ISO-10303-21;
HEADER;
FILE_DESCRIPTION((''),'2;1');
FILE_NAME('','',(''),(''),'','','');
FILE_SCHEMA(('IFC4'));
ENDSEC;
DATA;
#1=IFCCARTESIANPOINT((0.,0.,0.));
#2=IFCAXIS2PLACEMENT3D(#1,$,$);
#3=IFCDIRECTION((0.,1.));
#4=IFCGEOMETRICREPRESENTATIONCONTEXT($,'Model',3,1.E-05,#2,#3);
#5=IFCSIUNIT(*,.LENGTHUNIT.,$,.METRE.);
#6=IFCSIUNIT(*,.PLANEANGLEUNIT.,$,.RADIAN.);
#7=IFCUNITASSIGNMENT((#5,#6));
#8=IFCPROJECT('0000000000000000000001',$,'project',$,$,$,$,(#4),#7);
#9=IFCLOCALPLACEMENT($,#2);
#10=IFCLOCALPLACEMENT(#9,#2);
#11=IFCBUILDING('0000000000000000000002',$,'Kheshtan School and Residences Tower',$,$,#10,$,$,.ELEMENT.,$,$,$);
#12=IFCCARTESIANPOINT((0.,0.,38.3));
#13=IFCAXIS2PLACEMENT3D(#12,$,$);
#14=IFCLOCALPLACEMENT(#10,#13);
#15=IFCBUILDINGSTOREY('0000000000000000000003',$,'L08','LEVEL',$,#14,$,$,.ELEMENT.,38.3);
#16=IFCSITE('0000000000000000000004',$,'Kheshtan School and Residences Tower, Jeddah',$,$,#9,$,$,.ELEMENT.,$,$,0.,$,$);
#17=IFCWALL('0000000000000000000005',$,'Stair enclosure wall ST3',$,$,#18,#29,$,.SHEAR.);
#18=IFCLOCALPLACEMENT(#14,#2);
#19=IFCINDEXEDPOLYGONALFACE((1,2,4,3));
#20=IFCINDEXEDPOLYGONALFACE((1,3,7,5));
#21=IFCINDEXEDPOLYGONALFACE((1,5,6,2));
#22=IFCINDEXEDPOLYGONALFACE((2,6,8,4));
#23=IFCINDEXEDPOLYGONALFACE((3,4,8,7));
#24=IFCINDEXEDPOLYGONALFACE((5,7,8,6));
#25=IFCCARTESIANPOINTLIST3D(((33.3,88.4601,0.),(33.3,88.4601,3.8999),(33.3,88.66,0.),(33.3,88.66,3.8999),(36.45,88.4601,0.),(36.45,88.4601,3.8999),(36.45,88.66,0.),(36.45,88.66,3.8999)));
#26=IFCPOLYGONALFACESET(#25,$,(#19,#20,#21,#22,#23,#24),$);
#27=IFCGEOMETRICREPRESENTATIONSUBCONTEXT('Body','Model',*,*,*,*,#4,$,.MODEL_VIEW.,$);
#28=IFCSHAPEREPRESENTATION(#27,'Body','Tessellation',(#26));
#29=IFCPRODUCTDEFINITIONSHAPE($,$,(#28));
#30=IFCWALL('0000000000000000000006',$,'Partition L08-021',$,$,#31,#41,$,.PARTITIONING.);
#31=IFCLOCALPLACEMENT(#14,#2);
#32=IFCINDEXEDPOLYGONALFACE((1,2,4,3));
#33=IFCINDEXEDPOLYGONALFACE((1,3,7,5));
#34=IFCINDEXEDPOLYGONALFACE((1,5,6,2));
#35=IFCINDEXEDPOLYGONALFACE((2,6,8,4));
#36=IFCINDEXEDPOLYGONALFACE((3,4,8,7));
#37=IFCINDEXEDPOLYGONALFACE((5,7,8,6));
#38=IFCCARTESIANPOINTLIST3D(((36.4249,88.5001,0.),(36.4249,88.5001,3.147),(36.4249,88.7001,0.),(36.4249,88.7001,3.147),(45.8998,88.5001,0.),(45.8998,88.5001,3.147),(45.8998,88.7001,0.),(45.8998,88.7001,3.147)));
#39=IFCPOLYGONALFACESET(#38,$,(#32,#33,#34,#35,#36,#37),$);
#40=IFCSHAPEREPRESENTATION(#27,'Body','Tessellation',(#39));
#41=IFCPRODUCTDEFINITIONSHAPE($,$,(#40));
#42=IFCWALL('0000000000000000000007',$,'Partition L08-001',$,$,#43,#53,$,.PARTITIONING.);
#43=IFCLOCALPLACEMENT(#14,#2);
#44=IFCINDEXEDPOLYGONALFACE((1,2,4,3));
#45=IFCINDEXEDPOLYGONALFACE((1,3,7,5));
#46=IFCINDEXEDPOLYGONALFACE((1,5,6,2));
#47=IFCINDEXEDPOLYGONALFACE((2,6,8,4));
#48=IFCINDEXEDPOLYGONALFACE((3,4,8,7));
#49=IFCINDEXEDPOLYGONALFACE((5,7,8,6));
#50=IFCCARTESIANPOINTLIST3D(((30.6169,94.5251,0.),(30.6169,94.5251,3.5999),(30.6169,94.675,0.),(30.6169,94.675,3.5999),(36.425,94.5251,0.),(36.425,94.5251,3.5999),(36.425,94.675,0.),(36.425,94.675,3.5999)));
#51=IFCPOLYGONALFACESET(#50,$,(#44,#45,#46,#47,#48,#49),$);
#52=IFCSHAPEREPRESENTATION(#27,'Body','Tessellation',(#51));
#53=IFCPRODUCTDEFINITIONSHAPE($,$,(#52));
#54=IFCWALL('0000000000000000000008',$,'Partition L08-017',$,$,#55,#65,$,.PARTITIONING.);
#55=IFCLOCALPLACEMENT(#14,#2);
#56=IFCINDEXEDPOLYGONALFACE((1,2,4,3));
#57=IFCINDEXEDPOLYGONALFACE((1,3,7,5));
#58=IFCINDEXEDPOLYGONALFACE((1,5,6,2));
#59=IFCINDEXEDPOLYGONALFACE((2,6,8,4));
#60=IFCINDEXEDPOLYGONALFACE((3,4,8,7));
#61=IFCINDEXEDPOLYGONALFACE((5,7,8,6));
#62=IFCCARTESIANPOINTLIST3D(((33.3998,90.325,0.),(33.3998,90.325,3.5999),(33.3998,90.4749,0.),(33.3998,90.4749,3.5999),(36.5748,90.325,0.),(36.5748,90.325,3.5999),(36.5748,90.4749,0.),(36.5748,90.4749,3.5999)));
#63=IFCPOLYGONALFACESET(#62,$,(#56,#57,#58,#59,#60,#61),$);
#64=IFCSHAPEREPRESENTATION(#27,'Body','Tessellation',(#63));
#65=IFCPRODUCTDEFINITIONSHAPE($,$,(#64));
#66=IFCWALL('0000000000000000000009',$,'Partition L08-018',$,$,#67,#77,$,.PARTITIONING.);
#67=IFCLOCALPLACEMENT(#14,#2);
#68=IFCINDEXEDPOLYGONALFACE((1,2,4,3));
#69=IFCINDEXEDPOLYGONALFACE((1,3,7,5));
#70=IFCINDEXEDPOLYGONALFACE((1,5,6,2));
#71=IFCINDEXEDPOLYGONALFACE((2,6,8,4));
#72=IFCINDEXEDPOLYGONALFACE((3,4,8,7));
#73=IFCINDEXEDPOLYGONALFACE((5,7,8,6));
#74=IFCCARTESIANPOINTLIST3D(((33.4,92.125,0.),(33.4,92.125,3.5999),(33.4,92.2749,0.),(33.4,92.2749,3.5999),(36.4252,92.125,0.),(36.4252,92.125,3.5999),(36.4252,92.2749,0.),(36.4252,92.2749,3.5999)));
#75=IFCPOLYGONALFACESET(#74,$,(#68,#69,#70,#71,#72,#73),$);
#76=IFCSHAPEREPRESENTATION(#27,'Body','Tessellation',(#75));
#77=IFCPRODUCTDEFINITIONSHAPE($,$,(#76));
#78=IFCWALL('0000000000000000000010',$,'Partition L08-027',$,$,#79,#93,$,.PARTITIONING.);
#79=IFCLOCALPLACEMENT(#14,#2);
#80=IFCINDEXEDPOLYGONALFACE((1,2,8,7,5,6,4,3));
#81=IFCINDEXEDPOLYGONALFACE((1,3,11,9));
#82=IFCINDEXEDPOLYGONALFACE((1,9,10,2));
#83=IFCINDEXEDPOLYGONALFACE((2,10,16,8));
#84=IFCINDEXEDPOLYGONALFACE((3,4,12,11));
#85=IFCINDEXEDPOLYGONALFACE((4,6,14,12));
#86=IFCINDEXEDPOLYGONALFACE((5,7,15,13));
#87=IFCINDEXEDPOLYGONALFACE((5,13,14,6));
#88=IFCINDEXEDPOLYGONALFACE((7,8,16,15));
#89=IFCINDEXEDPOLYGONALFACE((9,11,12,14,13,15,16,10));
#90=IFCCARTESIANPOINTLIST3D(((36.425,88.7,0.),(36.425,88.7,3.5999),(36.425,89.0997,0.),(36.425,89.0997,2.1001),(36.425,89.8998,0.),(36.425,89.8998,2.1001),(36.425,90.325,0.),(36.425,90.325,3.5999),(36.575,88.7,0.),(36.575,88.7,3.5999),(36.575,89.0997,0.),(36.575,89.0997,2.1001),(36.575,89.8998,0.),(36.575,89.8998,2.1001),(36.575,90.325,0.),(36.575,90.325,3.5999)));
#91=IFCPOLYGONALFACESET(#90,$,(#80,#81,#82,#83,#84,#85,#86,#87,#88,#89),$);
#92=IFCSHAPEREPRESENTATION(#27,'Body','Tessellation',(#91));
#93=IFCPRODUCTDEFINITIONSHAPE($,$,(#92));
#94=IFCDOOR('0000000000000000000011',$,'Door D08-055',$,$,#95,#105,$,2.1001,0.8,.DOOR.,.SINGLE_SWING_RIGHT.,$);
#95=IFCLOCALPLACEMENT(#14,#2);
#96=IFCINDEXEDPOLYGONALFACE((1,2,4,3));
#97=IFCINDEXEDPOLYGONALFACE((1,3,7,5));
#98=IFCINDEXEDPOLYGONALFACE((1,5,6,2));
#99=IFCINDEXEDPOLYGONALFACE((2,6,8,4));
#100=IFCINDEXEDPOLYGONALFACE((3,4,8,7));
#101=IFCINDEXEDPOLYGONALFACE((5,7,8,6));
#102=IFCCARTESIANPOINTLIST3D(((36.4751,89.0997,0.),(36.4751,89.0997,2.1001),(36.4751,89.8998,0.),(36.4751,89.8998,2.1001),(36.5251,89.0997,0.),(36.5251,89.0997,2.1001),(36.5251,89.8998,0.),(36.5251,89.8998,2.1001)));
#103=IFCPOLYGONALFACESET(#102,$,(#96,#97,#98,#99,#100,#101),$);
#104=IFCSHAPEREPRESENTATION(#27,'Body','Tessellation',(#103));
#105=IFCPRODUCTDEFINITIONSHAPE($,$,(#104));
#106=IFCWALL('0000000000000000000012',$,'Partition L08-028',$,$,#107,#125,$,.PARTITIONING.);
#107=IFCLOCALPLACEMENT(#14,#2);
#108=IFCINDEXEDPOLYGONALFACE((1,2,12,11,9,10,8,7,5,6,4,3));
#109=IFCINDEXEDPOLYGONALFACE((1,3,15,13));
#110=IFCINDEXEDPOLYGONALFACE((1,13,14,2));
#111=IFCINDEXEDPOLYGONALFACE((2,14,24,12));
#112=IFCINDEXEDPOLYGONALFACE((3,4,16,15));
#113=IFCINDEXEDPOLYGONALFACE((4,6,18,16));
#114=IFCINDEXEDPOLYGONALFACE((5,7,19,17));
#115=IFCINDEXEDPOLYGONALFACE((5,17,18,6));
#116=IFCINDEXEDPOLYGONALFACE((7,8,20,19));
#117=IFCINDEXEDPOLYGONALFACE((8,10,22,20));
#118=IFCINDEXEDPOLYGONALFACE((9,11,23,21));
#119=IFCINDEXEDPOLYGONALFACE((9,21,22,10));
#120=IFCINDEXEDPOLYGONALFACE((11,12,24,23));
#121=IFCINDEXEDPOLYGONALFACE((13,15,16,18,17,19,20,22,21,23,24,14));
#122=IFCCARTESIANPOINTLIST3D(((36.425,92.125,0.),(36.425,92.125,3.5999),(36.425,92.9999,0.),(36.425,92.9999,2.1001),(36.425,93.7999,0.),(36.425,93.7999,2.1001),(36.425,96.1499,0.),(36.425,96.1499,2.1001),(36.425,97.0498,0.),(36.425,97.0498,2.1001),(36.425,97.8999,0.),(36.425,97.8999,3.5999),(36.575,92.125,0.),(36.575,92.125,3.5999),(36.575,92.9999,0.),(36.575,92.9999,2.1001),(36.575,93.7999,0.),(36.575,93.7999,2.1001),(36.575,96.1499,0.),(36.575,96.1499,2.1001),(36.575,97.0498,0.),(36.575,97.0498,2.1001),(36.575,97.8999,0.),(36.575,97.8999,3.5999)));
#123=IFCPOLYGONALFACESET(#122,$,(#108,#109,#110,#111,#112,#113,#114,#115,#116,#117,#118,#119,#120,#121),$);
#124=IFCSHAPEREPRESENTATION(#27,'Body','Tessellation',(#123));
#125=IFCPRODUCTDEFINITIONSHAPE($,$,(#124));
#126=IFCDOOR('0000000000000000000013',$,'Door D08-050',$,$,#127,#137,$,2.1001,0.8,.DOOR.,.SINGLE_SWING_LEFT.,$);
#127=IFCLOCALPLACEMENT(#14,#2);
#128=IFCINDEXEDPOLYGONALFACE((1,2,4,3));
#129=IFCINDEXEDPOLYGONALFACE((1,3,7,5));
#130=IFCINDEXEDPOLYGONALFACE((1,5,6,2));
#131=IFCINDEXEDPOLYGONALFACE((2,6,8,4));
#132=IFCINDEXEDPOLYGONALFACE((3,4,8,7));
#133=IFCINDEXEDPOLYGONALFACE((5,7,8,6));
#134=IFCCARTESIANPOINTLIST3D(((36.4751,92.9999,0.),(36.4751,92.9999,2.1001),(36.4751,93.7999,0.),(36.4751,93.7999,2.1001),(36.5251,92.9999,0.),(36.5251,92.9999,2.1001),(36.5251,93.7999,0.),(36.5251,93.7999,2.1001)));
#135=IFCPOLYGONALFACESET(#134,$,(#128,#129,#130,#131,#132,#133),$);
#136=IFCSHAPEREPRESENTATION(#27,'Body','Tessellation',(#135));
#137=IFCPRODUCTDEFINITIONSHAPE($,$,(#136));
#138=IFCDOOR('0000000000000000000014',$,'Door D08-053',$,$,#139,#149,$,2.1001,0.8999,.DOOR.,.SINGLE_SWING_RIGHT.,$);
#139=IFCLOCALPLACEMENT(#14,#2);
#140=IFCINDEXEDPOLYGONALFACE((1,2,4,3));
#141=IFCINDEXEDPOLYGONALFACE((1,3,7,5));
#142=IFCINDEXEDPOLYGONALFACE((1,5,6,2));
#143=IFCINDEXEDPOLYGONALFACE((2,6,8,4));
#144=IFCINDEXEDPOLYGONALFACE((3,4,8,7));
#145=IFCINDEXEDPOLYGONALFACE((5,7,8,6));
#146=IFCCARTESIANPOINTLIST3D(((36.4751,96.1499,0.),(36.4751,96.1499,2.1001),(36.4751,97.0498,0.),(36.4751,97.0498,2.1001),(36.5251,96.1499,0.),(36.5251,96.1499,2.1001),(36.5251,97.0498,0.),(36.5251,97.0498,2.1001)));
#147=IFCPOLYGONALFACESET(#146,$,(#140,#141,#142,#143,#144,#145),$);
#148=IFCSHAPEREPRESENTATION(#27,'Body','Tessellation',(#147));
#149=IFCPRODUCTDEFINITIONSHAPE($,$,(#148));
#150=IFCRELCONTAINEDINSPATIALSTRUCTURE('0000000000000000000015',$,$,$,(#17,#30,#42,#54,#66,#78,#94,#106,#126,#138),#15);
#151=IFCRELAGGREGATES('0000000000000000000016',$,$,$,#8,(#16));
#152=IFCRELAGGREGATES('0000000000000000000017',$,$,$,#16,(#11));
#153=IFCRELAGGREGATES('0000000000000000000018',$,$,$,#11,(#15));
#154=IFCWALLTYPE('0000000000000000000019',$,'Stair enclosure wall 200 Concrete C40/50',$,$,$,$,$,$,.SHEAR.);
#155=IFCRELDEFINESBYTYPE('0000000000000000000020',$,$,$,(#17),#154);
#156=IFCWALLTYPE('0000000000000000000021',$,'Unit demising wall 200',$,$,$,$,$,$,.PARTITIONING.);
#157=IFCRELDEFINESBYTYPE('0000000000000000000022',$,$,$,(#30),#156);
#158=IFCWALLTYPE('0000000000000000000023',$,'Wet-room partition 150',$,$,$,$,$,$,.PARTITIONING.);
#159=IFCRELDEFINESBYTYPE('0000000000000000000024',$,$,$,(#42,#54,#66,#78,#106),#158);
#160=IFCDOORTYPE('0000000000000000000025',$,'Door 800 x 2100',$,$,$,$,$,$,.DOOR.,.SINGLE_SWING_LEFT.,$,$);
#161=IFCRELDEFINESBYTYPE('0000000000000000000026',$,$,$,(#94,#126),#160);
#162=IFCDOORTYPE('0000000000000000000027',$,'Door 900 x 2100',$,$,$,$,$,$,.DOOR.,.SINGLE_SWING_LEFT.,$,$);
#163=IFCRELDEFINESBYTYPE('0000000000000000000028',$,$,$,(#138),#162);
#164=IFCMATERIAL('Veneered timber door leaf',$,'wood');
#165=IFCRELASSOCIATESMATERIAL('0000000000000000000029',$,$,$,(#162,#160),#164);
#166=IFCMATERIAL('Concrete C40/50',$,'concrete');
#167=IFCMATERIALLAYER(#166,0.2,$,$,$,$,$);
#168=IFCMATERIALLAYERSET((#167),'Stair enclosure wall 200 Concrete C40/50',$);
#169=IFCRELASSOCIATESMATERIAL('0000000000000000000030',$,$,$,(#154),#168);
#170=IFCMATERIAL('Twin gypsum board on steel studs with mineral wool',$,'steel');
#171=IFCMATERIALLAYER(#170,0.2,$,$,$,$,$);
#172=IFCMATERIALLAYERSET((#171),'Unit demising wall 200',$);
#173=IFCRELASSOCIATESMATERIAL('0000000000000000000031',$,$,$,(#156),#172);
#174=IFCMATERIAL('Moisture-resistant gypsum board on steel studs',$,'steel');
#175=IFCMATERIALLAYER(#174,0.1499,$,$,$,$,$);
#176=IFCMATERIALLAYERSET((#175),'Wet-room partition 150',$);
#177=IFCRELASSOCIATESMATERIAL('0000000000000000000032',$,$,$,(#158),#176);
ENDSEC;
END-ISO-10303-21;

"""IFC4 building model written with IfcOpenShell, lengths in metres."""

from ifc_helpers import new_model, si_unit, direction, frame, frame_2d, origin, place, context, subcontext, project, spatial, rectangle, extrude, source, transform, mapped, material, layer, layer_set, type_object, element, fill, save


model = new_model("IFC4")

# Units and contexts
model_context = context("Model", 3, precision=1e-05, world=origin(), true_north=direction((0.0, 1.0)))
body_context = subcontext(model_context, "Body", "Model", "MODEL_VIEW")
ifc_project = project(units=[si_unit("LENGTHUNIT", "METRE"), si_unit("PLANEANGLEUNIT", "RADIAN")], contexts=[model_context])

# Site, building, storey
site_placement = place(None, origin())
site = spatial("IfcSite", under=ifc_project, at=site_placement, Name="Kheshtan School and Residences Tower, Jeddah", CompositionType="ELEMENT", RefElevation=0.0)
building_placement = place(site_placement, origin())
building = spatial("IfcBuilding", under=site, at=building_placement, Name="Kheshtan School and Residences Tower", CompositionType="ELEMENT")
storey_placement = place(building_placement, frame((0.0, 0.0, 38.3)))
storey = spatial("IfcBuildingStorey", under=building, at=storey_placement, Name="L08", Description="LEVEL", CompositionType="ELEMENT", Elevation=38.3)

# Shared definitions
ifc_material_1 = material(Name="Veneered timber door leaf", Category="wood")
door_type_1 = type_object("IfcDoorType", Name="Door 900 x 2100", OperationType="SINGLE_SWING_LEFT", PredefinedType="DOOR", material=ifc_material_1)
shared_shape_1 = source(origin(), body_context, "Body", "SweptSolid", [
    extrude(rectangle(XDim=0.8999, YDim=2.1001, at=frame_2d((0.45, 1.05))), frame((0.0, 0.0249, 0.0), z_axis=(0.0, -1.0, 0.0), x_axis=(1.0, 0.0, 0.0)), (0.0, 0.0, 1.0), 0.05),
])

# Walls
ifc_material_2 = material(Name="Concrete C40/50", Category="concrete")
ifc_layer_1 = layer(ifc_material_2, 0.2)
ifc_layer_set_1 = layer_set([ifc_layer_1], Name="Stair enclosure wall 200 Concrete C40/50")
wall_type_1 = type_object("IfcWallType", Name="Stair enclosure wall 200 Concrete C40/50", PredefinedType="SHEAR", material=ifc_layer_set_1)
wall_1_placement = place(storey_placement, frame((33.3, 88.5601, 0.0), z_axis=(0.0, 0.0, 1.0), x_axis=(1.0, 0.0, 0.0)))
element("IfcWall", 1, at=wall_1_placement, inside=storey, type_object=wall_type_1, Name="Stair enclosure wall ST3", PredefinedType="SHEAR", context=body_context, shape_type="SweptSolid", body=[
    extrude(rectangle(XDim=3.1499, YDim=0.2, at=frame_2d((1.575, 0.0))), origin(), (0.0, 0.0, 1.0), 3.8999),
])
ifc_material_3 = material(Name="Twin gypsum board on steel studs with mineral wool", Category="steel")
ifc_layer_2 = layer(ifc_material_3, 0.2)
ifc_layer_set_2 = layer_set([ifc_layer_2], Name="Unit demising wall 200")
wall_type_2 = type_object("IfcWallType", Name="Unit demising wall 200", PredefinedType="PARTITIONING", material=ifc_layer_set_2)
wall_2_placement = place(storey_placement, frame((36.425, 88.6001, 0.0), z_axis=(0.0, 0.0, 1.0), x_axis=(1.0, 0.0, 0.0)))
element("IfcWall", 2, at=wall_2_placement, inside=storey, type_object=wall_type_2, Name="Partition L08-021", PredefinedType="PARTITIONING", context=body_context, shape_type="SweptSolid", body=[
    extrude(rectangle(XDim=9.4749, YDim=0.2, at=frame_2d((4.7373, 0.0))), origin(), (0.0, 0.0, 1.0), 3.147),
])
ifc_material_4 = material(Name="Moisture-resistant gypsum board on steel studs", Category="steel")
ifc_layer_3 = layer(ifc_material_4, 0.1499)
ifc_layer_set_3 = layer_set([ifc_layer_3], Name="Wet-room partition 150")
wall_type_3 = type_object("IfcWallType", Name="Wet-room partition 150", PredefinedType="PARTITIONING", material=ifc_layer_set_3)
wall_3_placement = place(storey_placement, frame((30.6169, 94.6001, 0.0), z_axis=(0.0, 0.0, 1.0), x_axis=(1.0, 0.0, 0.0)))
element("IfcWall", 3, at=wall_3_placement, inside=storey, type_object=wall_type_3, Name="Partition L08-001", PredefinedType="PARTITIONING", context=body_context, shape_type="SweptSolid", body=[
    extrude(rectangle(XDim=5.8081, YDim=0.1499, at=frame_2d((2.9041, 0.0))), origin(), (0.0, 0.0, 1.0), 3.5999),
])
wall_4_placement = place(storey_placement, frame((33.3999, 90.3999, 0.0), z_axis=(0.0, 0.0, 1.0), x_axis=(1.0, 0.0, 0.0)))
element("IfcWall", 4, at=wall_4_placement, inside=storey, type_object=wall_type_3, Name="Partition L08-017", PredefinedType="PARTITIONING", context=body_context, shape_type="SweptSolid", body=[
    extrude(rectangle(XDim=3.175, YDim=0.1499, at=frame_2d((1.5874, 0.0))), origin(), (0.0, 0.0, 1.0), 3.5999),
])
wall_5_placement = place(storey_placement, frame((33.3999, 92.2, 0.0), z_axis=(0.0, 0.0, 1.0), x_axis=(1.0, 0.0, 0.0)))
element("IfcWall", 5, at=wall_5_placement, inside=storey, type_object=wall_type_3, Name="Partition L08-018", PredefinedType="PARTITIONING", context=body_context, shape_type="SweptSolid", body=[
    extrude(rectangle(XDim=3.0251, YDim=0.1499, at=frame_2d((1.5127, 0.0))), origin(), (0.0, 0.0, 1.0), 3.5999),
])

# Wall, opening, door
wall_6_placement = place(storey_placement, frame((36.5, 88.7, 0.0), z_axis=(0.0, 0.0, 1.0), x_axis=(0.0, 1.0, 0.0)))
wall_6 = element("IfcWall", 6, at=wall_6_placement, inside=storey, type_object=wall_type_3, Name="Partition L08-027", PredefinedType="PARTITIONING", context=body_context, shape_type="SweptSolid", body=[
    extrude(rectangle(XDim=1.625, YDim=0.1499, at=frame_2d((0.8125, 0.0))), origin(), (0.0, 0.0, 1.0), 3.5999),
])
opening_1_placement = place(wall_6_placement, frame((0.3999, 0.0, 0.0)))
opening_1 = element("IfcOpeningElement", 7, at=opening_1_placement, cuts=wall_6, PredefinedType="OPENING", context=body_context, shape_type="SweptSolid", body=[
    extrude(rectangle(XDim=0.8, YDim=2.1001, at=frame_2d((0.3999, 1.05))), frame((0.0, 0.085, 0.0), z_axis=(0.0, -1.0, 0.0), x_axis=(1.0, 0.0, 0.0)), (0.0, 0.0, 1.0), 0.1699),
])
door_type_2 = type_object("IfcDoorType", Name="Door 800 x 2100", OperationType="SINGLE_SWING_LEFT", PredefinedType="DOOR", material=ifc_material_1)
shared_shape_2 = source(origin(), body_context, "Body", "SweptSolid", [
    extrude(rectangle(XDim=0.8, YDim=2.1001, at=frame_2d((0.3999, 1.05))), frame((0.0, 0.0249, 0.0), z_axis=(0.0, -1.0, 0.0), x_axis=(1.0, 0.0, 0.0)), (0.0, 0.0, 1.0), 0.05),
])
door_1_placement = place(opening_1_placement, origin())
door_1 = element("IfcDoor", 8, at=door_1_placement, inside=storey, type_object=door_type_2, Name="Door D08-055", OperationType="SINGLE_SWING_RIGHT", OverallHeight=2.1001, OverallWidth=0.8, PredefinedType="DOOR", context=body_context, shape_type="MappedRepresentation", body=[
    mapped(shared_shape_2, transform((0.0, 0.0, 0.0), x_axis=(1.0, 0.0, 0.0), y_axis=(0.0, 1.0, 0.0), z_axis=(0.0, 0.0, 1.0), scale=1.0)),
])
fill(opening_1, door_1)

# Wall, openings, doors
wall_7_placement = place(storey_placement, frame((36.5, 92.125, 0.0), z_axis=(0.0, 0.0, 1.0), x_axis=(0.0, 1.0, 0.0)))
wall_7 = element("IfcWall", 9, at=wall_7_placement, inside=storey, type_object=wall_type_3, Name="Partition L08-028", PredefinedType="PARTITIONING", context=body_context, shape_type="SweptSolid", body=[
    extrude(rectangle(XDim=5.7749, YDim=0.1499, at=frame_2d((2.8875, 0.0))), origin(), (0.0, 0.0, 1.0), 3.5999),
])
opening_2_placement = place(wall_7_placement, frame((0.875, 0.0, 0.0)))
opening_2 = element("IfcOpeningElement", 10, at=opening_2_placement, cuts=wall_7, PredefinedType="OPENING", context=body_context, shape_type="SweptSolid", body=[
    extrude(rectangle(XDim=0.8, YDim=2.1001, at=frame_2d((0.3999, 1.05))), frame((0.0, 0.085, 0.0), z_axis=(0.0, -1.0, 0.0), x_axis=(1.0, 0.0, 0.0)), (0.0, 0.0, 1.0), 0.1699),
])
opening_3_placement = place(wall_7_placement, frame((4.0249, 0.0, 0.0)))
opening_3 = element("IfcOpeningElement", 11, at=opening_3_placement, cuts=wall_7, PredefinedType="OPENING", context=body_context, shape_type="SweptSolid", body=[
    extrude(rectangle(XDim=0.8999, YDim=2.1001, at=frame_2d((0.45, 1.05))), frame((0.0, 0.085, 0.0), z_axis=(0.0, -1.0, 0.0), x_axis=(1.0, 0.0, 0.0)), (0.0, 0.0, 1.0), 0.1699),
])
door_2_placement = place(opening_2_placement, origin())
door_2 = element("IfcDoor", 12, at=door_2_placement, inside=storey, type_object=door_type_2, Name="Door D08-050", OperationType="SINGLE_SWING_LEFT", OverallHeight=2.1001, OverallWidth=0.8, PredefinedType="DOOR", context=body_context, shape_type="MappedRepresentation", body=[
    mapped(shared_shape_2, transform((0.0, 0.0, 0.0), x_axis=(1.0, 0.0, 0.0), y_axis=(0.0, 1.0, 0.0), z_axis=(0.0, 0.0, 1.0), scale=1.0)),
])
fill(opening_2, door_2)
door_3_placement = place(opening_3_placement, origin())
door_3 = element("IfcDoor", 13, at=door_3_placement, inside=storey, type_object=door_type_1, Name="Door D08-053", OperationType="SINGLE_SWING_RIGHT", OverallHeight=2.1001, OverallWidth=0.8999, PredefinedType="DOOR", context=body_context, shape_type="MappedRepresentation", body=[
    mapped(shared_shape_1, transform((0.0, 0.0, 0.0), x_axis=(1.0, 0.0, 0.0), y_axis=(0.0, 1.0, 0.0), z_axis=(0.0, 0.0, 1.0), scale=1.0)),
])
fill(opening_3, door_3)

save(model, "model.ifc")
